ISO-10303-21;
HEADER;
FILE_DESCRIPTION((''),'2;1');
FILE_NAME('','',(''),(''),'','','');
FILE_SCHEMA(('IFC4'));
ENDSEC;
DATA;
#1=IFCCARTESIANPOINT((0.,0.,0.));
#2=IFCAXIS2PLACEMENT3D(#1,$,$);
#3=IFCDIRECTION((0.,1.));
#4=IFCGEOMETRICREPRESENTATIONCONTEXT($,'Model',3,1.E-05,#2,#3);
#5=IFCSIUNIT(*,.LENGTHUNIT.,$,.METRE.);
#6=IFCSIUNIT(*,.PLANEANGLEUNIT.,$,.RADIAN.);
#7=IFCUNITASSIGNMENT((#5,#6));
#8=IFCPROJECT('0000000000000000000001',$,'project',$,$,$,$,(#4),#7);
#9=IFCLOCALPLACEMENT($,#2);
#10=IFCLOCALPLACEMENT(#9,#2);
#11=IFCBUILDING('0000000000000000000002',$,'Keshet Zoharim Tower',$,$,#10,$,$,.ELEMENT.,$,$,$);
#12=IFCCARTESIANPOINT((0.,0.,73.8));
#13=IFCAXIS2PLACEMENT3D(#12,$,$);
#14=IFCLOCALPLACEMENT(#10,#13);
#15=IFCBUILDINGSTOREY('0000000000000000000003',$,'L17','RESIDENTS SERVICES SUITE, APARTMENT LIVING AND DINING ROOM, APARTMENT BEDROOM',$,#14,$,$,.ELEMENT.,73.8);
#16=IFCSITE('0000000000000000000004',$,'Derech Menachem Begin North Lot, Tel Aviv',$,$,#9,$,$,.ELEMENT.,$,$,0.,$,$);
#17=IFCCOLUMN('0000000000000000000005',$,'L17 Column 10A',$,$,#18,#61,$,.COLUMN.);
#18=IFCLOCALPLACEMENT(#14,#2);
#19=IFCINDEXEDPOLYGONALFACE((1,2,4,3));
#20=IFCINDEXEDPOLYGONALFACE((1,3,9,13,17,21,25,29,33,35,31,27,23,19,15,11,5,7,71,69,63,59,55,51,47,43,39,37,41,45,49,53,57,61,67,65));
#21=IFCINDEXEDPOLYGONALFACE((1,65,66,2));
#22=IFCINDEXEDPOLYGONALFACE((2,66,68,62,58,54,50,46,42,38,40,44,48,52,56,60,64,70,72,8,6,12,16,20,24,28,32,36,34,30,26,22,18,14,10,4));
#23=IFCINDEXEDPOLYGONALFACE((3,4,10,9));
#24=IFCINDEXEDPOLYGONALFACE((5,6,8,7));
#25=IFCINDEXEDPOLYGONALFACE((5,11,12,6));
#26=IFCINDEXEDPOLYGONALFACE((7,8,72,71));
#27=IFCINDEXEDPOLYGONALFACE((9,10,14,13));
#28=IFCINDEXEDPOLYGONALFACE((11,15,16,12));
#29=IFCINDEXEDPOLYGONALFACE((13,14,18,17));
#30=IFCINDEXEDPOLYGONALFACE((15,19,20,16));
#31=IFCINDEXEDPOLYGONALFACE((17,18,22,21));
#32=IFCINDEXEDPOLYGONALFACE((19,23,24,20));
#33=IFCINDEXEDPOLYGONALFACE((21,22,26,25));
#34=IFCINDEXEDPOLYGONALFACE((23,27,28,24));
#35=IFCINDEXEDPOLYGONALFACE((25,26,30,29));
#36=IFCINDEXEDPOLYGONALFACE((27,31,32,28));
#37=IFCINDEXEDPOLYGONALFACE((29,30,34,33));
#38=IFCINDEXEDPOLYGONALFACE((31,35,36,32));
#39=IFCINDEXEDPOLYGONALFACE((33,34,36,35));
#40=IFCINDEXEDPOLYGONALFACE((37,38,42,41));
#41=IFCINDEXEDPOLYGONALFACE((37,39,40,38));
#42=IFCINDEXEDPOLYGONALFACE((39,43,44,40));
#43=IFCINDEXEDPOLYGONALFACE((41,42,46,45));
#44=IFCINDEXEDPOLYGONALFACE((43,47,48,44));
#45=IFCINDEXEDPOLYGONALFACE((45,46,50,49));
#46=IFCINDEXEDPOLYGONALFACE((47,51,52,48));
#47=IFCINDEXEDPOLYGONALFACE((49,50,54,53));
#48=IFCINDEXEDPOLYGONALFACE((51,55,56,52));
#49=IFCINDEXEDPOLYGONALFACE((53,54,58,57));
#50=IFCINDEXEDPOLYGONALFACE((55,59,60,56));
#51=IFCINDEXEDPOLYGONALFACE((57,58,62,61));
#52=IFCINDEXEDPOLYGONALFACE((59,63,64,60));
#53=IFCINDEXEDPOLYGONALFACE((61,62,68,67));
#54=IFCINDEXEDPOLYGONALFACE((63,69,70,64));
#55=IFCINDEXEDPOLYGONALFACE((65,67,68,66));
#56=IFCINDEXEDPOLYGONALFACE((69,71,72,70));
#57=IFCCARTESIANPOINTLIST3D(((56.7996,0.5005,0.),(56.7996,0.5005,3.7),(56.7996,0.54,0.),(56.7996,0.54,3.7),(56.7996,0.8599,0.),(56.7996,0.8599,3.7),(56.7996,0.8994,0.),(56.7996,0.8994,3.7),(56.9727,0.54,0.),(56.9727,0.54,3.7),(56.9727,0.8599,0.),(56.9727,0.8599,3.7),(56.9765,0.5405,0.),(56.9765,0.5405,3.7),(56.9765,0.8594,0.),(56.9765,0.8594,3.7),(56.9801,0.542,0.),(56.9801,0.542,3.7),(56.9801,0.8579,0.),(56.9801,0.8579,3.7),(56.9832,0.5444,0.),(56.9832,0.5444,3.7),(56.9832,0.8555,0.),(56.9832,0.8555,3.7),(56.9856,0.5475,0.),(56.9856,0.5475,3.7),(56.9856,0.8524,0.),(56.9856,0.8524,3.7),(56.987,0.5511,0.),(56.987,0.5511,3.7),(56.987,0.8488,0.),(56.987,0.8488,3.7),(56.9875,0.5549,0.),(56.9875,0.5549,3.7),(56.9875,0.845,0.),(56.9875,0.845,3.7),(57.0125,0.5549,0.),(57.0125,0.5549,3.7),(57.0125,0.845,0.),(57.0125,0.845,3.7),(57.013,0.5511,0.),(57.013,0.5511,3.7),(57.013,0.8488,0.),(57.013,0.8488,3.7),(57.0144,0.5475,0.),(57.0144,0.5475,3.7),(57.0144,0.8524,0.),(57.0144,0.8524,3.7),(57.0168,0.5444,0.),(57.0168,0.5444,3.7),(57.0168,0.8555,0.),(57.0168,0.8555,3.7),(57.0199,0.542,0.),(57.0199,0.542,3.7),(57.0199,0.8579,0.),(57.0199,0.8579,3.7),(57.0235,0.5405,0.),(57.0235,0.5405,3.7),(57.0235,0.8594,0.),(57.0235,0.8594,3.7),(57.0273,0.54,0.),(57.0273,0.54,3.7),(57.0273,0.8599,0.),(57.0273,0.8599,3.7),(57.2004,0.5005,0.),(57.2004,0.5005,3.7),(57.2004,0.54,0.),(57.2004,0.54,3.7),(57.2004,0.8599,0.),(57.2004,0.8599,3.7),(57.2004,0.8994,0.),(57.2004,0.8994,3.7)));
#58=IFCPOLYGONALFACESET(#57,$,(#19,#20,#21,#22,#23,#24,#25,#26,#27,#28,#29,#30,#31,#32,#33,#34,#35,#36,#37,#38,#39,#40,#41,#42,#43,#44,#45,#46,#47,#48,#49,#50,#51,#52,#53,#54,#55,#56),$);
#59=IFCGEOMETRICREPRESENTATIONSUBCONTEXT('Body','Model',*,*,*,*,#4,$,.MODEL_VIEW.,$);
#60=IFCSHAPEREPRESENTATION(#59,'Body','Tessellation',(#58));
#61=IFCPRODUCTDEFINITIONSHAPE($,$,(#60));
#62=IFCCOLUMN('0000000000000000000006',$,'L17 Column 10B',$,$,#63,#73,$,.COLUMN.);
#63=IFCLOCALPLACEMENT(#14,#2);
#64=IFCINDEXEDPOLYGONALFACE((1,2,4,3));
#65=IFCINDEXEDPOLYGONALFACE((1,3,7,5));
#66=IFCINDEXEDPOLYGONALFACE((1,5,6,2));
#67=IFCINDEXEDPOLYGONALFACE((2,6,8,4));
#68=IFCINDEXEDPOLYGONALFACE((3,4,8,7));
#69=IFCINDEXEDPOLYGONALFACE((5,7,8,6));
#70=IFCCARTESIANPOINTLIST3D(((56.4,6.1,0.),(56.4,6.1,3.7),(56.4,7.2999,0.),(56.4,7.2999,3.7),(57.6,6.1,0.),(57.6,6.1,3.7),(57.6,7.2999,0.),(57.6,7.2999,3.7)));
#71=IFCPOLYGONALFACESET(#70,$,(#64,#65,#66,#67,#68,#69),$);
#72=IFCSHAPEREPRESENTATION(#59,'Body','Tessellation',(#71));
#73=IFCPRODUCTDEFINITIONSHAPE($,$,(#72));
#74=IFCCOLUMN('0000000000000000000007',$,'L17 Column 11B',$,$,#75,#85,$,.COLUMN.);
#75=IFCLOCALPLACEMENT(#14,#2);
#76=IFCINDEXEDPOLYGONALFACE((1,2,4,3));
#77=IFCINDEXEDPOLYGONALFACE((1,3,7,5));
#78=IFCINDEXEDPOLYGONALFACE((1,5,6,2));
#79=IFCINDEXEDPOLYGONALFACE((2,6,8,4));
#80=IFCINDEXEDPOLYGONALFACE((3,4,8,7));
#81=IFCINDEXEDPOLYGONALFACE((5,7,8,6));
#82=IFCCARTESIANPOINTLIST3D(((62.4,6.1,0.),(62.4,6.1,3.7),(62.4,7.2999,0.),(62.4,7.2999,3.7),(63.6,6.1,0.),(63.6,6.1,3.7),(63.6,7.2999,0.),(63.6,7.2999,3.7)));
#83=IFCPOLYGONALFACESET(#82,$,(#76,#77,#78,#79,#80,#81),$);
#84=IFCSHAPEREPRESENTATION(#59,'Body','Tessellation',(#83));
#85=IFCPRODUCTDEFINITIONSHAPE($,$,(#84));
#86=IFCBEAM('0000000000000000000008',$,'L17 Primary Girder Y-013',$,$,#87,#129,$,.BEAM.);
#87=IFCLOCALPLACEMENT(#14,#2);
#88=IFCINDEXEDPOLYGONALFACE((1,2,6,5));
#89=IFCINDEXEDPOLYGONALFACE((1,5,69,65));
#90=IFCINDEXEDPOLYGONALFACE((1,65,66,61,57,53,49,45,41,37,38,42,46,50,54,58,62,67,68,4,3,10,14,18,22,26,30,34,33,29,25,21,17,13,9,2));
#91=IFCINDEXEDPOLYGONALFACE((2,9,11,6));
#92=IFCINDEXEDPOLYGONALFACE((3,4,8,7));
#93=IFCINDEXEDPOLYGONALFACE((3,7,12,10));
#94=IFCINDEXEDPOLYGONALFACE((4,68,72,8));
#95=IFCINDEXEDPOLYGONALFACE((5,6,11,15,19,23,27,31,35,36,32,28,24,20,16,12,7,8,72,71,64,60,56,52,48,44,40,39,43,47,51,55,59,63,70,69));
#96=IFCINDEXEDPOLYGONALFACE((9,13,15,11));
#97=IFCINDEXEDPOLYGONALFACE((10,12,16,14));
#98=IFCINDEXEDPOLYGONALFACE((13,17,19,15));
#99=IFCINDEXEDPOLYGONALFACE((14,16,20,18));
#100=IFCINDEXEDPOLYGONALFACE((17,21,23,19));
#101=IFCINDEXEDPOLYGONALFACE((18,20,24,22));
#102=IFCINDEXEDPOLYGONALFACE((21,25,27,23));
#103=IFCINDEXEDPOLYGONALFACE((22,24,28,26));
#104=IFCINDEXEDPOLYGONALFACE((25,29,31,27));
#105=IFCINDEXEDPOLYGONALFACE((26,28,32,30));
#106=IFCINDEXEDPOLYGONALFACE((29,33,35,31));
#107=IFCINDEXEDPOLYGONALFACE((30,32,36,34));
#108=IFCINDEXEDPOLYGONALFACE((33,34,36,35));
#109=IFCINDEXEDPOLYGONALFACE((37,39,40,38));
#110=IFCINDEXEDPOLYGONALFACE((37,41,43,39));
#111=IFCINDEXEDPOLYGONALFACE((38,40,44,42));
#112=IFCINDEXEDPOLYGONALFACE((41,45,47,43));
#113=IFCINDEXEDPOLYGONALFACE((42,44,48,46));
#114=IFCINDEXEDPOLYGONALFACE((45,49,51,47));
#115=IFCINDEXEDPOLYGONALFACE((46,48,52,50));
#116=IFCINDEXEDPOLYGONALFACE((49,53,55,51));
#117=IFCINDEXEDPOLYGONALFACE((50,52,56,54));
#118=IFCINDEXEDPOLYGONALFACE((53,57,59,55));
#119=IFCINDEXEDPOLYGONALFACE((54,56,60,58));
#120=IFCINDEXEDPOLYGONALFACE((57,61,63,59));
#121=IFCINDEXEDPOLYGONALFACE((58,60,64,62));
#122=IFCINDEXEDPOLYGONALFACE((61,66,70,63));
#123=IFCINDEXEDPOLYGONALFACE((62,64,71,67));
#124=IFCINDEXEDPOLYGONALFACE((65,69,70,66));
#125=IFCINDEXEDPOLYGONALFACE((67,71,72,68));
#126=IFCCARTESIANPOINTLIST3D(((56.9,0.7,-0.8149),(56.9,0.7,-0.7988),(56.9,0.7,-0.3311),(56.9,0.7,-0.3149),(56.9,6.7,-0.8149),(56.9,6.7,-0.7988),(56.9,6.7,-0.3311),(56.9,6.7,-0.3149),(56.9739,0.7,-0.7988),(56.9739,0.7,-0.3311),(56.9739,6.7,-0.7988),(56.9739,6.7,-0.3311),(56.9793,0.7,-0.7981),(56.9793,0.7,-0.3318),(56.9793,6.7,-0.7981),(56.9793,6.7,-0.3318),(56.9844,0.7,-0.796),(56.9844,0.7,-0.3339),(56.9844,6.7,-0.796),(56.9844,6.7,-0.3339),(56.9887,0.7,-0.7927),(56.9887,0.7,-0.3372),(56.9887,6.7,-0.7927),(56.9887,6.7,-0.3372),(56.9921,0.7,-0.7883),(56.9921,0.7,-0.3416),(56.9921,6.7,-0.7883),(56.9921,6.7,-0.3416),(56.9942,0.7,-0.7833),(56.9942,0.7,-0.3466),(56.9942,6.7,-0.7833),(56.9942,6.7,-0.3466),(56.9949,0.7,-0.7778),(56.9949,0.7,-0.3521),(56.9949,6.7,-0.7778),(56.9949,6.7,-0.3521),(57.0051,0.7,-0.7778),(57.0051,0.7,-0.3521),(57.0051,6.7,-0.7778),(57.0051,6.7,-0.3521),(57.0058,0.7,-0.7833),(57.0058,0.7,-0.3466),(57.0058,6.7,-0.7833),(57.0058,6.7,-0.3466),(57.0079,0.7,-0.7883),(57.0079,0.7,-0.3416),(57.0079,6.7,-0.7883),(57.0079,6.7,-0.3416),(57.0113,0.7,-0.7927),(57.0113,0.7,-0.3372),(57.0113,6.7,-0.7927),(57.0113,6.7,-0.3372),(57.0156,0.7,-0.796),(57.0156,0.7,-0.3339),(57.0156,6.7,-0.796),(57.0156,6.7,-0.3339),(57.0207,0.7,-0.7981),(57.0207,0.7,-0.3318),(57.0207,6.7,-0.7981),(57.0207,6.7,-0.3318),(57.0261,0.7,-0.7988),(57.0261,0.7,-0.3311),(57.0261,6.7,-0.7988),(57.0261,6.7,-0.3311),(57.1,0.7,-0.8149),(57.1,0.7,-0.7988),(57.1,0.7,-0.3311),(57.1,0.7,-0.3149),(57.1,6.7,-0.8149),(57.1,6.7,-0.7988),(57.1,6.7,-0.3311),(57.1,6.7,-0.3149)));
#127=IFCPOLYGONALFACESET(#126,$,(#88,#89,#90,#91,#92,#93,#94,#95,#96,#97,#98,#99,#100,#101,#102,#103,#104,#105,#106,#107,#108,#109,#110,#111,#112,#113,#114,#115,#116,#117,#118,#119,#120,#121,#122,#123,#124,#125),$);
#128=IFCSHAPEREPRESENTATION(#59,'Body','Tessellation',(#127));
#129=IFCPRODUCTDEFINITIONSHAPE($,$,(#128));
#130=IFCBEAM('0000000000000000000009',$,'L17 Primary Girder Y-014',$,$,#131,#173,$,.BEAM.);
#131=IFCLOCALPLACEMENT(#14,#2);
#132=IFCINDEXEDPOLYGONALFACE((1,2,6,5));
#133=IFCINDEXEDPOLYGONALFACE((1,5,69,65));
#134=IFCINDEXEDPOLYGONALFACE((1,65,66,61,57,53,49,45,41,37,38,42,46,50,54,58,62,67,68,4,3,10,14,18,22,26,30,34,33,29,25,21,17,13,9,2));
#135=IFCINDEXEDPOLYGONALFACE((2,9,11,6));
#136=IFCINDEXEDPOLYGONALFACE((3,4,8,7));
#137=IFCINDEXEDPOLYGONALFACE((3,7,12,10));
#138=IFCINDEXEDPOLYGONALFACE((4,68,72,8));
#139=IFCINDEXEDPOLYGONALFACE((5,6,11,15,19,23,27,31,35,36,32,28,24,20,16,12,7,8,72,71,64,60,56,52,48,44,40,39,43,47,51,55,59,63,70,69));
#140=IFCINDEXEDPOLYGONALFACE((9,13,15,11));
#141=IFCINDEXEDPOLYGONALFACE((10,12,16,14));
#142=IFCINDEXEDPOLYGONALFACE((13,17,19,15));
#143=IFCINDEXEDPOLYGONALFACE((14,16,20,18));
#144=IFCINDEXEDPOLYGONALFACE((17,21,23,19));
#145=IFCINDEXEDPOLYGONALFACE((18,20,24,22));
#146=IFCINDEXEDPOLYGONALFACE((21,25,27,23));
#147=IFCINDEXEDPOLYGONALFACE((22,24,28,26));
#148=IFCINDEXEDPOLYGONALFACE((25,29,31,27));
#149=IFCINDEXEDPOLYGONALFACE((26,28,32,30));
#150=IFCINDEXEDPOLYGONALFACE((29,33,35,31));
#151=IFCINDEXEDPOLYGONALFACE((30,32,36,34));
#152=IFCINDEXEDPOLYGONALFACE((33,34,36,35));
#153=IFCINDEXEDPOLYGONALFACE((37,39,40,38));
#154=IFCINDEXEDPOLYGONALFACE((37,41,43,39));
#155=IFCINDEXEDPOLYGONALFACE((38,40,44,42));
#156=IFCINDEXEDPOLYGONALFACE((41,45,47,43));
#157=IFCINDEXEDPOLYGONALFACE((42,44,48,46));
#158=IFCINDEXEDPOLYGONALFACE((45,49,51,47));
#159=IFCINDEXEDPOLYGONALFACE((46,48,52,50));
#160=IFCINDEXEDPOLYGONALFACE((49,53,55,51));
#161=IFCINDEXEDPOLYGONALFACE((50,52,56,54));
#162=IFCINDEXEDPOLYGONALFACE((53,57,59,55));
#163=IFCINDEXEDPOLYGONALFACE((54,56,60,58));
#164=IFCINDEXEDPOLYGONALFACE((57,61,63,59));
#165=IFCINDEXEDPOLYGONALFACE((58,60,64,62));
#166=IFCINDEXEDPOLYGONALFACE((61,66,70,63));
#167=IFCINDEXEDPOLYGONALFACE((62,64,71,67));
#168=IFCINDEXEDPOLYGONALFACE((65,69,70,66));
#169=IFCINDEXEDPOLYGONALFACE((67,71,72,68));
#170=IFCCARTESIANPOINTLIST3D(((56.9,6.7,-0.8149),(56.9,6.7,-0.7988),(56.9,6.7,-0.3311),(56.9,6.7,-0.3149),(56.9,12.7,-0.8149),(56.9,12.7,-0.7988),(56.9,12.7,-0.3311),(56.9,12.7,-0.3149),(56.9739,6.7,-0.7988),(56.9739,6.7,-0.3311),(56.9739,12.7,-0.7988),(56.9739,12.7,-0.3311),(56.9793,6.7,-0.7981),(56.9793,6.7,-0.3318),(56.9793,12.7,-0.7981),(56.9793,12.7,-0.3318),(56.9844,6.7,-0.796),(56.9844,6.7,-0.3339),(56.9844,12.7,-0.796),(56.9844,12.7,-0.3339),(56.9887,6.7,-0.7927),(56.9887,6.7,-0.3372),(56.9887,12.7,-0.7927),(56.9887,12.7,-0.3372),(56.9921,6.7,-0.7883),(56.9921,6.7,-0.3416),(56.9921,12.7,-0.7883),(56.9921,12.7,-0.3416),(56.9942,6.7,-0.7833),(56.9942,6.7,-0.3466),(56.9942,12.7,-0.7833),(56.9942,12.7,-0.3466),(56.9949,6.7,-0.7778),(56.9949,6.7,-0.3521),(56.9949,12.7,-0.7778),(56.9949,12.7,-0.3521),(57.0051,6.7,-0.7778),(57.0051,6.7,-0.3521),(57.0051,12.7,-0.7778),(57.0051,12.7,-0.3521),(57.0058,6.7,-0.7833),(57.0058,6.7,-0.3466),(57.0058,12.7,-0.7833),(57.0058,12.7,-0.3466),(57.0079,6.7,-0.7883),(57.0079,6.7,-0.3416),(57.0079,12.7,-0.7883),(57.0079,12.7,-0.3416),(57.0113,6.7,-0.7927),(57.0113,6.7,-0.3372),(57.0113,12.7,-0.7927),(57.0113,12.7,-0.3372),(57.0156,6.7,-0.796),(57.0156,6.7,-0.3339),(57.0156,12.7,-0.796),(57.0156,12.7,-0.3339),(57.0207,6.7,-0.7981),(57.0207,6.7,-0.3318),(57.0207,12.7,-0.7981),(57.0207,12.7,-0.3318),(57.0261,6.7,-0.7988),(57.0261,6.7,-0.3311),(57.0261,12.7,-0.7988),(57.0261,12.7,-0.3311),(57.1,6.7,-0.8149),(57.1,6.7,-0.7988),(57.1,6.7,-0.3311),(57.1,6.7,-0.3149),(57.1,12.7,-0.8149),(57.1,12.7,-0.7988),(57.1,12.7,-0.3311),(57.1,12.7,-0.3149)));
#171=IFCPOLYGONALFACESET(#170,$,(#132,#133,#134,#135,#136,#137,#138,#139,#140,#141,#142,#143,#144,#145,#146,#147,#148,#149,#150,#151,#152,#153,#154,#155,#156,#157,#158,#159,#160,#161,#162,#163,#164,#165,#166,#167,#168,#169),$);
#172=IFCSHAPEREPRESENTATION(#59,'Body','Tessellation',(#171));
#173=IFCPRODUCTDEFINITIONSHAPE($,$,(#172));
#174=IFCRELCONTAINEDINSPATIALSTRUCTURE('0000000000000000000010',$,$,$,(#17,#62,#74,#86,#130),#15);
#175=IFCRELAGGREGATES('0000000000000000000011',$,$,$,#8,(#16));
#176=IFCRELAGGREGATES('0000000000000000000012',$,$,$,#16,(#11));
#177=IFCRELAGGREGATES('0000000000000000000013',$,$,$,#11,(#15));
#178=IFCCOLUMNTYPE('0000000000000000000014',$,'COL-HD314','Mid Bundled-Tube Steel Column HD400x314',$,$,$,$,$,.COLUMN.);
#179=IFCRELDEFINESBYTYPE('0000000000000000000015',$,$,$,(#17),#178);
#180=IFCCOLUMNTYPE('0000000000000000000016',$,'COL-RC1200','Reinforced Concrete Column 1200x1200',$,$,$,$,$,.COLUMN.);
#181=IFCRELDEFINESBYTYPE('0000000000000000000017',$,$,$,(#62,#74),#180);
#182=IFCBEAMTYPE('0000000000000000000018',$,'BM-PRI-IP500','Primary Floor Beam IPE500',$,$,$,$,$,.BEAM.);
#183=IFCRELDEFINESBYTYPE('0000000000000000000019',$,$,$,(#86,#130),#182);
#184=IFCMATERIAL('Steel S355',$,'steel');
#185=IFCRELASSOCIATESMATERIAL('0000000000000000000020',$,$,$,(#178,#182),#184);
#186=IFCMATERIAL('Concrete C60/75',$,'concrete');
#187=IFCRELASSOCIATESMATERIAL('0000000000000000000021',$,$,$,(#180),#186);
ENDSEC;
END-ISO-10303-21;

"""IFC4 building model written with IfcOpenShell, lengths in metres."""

from ifc_helpers import new_model, si_unit, direction, frame, origin, origin_2d, place, context, subcontext, project, spatial, rectangle, i_section, extrude, material, material_profile, profile_set, type_object, element, save


model = new_model("IFC4")

# Units and contexts
model_context = context("Model", 3, precision=1e-05, world=origin(), true_north=direction((0.0, 1.0)))
body_context = subcontext(model_context, "Body", "Model", "MODEL_VIEW")
ifc_project = project(units=[si_unit("LENGTHUNIT", "METRE"), si_unit("PLANEANGLEUNIT", "RADIAN")], contexts=[model_context])

# Site, building, storey
site_placement = place(None, origin())
site = spatial("IfcSite", under=ifc_project, at=site_placement, Name="Derech Menachem Begin North Lot, Tel Aviv", CompositionType="ELEMENT", RefElevation=0.0)
building_placement = place(site_placement, origin())
building = spatial("IfcBuilding", under=site, at=building_placement, Name="Keshet Zoharim Tower", CompositionType="ELEMENT")
storey_placement = place(building_placement, frame((0.0, 0.0, 73.8)))
storey = spatial("IfcBuildingStorey", under=building, at=storey_placement, Name="L17", Description="RESIDENTS SERVICES SUITE, APARTMENT LIVING AND DINING ROOM, APARTMENT BEDROOM", CompositionType="ELEMENT", Elevation=73.8)

# Columns
ifc_material_1 = material(Name="Steel S355", Category="steel")
ifc_material_profile_1 = material_profile(ifc_material_1, i_section(OverallWidth=0.4009, OverallDepth=0.3989, WebThickness=0.0249, FlangeThickness=0.0396, FilletRadius=0.0149, at=origin_2d()), Name="HD400x314")
ifc_profile_set_1 = profile_set([ifc_material_profile_1], Name="Steel S355")
column_type_1 = type_object("IfcColumnType", Name="COL-HD314", Description="Mid Bundled-Tube Steel Column HD400x314", PredefinedType="COLUMN", material=ifc_profile_set_1)
column_placement = place(storey_placement, frame((57.0, 0.7, 0.0), z_axis=(0.0, 0.0, 1.0), x_axis=(1.0, 0.0, 0.0)))
element("IfcColumn", 1, at=column_placement, inside=storey, type_object=column_type_1, Name="L17 Column 10A", PredefinedType="COLUMN", context=body_context, shape_type="SweptSolid", body=[
    extrude(i_section(OverallWidth=0.4009, OverallDepth=0.3989, WebThickness=0.0249, FlangeThickness=0.0396, FilletRadius=0.0149, at=origin_2d()), origin(), (0.0, 0.0, 1.0), 3.7),
])
ifc_material_2 = material(Name="Concrete C60/75", Category="concrete")
ifc_material_profile_2 = material_profile(ifc_material_2, rectangle(XDim=1.2, YDim=1.2, at=origin_2d()), Name="RC1200x1200")
ifc_profile_set_2 = profile_set([ifc_material_profile_2], Name="Concrete C60/75")
column_type_2 = type_object("IfcColumnType", Name="COL-RC1200", Description="Reinforced Concrete Column 1200x1200", PredefinedType="COLUMN", material=ifc_profile_set_2)
for number, where, z_axis, x_axis, name in (
    (2, (57.0, 6.7, 0.0), (0.0, 0.0, 1.0), (1.0, 0.0, 0.0), "L17 Column 10B"),
    (3, (63.0, 6.7, 0.0), (0.0, 0.0, 1.0), (1.0, 0.0, 0.0), "L17 Column 11B"),
):
    element("IfcColumn", number, at=place(storey_placement, frame(where, z_axis=z_axis, x_axis=x_axis)), inside=storey, type_object=column_type_2, Name=name, PredefinedType="COLUMN", context=body_context, shape_type="SweptSolid", body=[
        extrude(rectangle(XDim=1.2, YDim=1.2, at=origin_2d()), origin(), (0.0, 0.0, 1.0), 3.7),
    ])

# Beams
ifc_material_profile_3 = material_profile(ifc_material_1, i_section(OverallWidth=0.2, OverallDepth=0.5, WebThickness=0.0103, FlangeThickness=0.0161, FilletRadius=0.021, at=origin_2d()), Name="IPE500")
ifc_profile_set_3 = profile_set([ifc_material_profile_3], Name="Steel S355")
beam_type_1 = type_object("IfcBeamType", Name="BM-PRI-IP500", Description="Primary Floor Beam IPE500", PredefinedType="BEAM", material=ifc_profile_set_3)
for number, where, z_axis, x_axis, name in (
    (4, (57.0, 0.7, -0.5649), (0.0, 1.0, 0.0), (-1.0, 0.0, 0.0), "L17 Primary Girder Y-013"),
    (5, (57.0, 6.7, -0.5649), (0.0, 1.0, 0.0), (-1.0, 0.0, 0.0), "L17 Primary Girder Y-014"),
):
    element("IfcBeam", number, at=place(storey_placement, frame(where, z_axis=z_axis, x_axis=x_axis)), inside=storey, type_object=beam_type_1, Name=name, PredefinedType="BEAM", context=body_context, shape_type="SweptSolid", body=[
        extrude(i_section(OverallWidth=0.2, OverallDepth=0.5, WebThickness=0.0103, FlangeThickness=0.0161, FilletRadius=0.021, at=origin_2d()), origin(), (0.0, 0.0, 1.0), 6.0),
    ])

save(model, "model.ifc")
